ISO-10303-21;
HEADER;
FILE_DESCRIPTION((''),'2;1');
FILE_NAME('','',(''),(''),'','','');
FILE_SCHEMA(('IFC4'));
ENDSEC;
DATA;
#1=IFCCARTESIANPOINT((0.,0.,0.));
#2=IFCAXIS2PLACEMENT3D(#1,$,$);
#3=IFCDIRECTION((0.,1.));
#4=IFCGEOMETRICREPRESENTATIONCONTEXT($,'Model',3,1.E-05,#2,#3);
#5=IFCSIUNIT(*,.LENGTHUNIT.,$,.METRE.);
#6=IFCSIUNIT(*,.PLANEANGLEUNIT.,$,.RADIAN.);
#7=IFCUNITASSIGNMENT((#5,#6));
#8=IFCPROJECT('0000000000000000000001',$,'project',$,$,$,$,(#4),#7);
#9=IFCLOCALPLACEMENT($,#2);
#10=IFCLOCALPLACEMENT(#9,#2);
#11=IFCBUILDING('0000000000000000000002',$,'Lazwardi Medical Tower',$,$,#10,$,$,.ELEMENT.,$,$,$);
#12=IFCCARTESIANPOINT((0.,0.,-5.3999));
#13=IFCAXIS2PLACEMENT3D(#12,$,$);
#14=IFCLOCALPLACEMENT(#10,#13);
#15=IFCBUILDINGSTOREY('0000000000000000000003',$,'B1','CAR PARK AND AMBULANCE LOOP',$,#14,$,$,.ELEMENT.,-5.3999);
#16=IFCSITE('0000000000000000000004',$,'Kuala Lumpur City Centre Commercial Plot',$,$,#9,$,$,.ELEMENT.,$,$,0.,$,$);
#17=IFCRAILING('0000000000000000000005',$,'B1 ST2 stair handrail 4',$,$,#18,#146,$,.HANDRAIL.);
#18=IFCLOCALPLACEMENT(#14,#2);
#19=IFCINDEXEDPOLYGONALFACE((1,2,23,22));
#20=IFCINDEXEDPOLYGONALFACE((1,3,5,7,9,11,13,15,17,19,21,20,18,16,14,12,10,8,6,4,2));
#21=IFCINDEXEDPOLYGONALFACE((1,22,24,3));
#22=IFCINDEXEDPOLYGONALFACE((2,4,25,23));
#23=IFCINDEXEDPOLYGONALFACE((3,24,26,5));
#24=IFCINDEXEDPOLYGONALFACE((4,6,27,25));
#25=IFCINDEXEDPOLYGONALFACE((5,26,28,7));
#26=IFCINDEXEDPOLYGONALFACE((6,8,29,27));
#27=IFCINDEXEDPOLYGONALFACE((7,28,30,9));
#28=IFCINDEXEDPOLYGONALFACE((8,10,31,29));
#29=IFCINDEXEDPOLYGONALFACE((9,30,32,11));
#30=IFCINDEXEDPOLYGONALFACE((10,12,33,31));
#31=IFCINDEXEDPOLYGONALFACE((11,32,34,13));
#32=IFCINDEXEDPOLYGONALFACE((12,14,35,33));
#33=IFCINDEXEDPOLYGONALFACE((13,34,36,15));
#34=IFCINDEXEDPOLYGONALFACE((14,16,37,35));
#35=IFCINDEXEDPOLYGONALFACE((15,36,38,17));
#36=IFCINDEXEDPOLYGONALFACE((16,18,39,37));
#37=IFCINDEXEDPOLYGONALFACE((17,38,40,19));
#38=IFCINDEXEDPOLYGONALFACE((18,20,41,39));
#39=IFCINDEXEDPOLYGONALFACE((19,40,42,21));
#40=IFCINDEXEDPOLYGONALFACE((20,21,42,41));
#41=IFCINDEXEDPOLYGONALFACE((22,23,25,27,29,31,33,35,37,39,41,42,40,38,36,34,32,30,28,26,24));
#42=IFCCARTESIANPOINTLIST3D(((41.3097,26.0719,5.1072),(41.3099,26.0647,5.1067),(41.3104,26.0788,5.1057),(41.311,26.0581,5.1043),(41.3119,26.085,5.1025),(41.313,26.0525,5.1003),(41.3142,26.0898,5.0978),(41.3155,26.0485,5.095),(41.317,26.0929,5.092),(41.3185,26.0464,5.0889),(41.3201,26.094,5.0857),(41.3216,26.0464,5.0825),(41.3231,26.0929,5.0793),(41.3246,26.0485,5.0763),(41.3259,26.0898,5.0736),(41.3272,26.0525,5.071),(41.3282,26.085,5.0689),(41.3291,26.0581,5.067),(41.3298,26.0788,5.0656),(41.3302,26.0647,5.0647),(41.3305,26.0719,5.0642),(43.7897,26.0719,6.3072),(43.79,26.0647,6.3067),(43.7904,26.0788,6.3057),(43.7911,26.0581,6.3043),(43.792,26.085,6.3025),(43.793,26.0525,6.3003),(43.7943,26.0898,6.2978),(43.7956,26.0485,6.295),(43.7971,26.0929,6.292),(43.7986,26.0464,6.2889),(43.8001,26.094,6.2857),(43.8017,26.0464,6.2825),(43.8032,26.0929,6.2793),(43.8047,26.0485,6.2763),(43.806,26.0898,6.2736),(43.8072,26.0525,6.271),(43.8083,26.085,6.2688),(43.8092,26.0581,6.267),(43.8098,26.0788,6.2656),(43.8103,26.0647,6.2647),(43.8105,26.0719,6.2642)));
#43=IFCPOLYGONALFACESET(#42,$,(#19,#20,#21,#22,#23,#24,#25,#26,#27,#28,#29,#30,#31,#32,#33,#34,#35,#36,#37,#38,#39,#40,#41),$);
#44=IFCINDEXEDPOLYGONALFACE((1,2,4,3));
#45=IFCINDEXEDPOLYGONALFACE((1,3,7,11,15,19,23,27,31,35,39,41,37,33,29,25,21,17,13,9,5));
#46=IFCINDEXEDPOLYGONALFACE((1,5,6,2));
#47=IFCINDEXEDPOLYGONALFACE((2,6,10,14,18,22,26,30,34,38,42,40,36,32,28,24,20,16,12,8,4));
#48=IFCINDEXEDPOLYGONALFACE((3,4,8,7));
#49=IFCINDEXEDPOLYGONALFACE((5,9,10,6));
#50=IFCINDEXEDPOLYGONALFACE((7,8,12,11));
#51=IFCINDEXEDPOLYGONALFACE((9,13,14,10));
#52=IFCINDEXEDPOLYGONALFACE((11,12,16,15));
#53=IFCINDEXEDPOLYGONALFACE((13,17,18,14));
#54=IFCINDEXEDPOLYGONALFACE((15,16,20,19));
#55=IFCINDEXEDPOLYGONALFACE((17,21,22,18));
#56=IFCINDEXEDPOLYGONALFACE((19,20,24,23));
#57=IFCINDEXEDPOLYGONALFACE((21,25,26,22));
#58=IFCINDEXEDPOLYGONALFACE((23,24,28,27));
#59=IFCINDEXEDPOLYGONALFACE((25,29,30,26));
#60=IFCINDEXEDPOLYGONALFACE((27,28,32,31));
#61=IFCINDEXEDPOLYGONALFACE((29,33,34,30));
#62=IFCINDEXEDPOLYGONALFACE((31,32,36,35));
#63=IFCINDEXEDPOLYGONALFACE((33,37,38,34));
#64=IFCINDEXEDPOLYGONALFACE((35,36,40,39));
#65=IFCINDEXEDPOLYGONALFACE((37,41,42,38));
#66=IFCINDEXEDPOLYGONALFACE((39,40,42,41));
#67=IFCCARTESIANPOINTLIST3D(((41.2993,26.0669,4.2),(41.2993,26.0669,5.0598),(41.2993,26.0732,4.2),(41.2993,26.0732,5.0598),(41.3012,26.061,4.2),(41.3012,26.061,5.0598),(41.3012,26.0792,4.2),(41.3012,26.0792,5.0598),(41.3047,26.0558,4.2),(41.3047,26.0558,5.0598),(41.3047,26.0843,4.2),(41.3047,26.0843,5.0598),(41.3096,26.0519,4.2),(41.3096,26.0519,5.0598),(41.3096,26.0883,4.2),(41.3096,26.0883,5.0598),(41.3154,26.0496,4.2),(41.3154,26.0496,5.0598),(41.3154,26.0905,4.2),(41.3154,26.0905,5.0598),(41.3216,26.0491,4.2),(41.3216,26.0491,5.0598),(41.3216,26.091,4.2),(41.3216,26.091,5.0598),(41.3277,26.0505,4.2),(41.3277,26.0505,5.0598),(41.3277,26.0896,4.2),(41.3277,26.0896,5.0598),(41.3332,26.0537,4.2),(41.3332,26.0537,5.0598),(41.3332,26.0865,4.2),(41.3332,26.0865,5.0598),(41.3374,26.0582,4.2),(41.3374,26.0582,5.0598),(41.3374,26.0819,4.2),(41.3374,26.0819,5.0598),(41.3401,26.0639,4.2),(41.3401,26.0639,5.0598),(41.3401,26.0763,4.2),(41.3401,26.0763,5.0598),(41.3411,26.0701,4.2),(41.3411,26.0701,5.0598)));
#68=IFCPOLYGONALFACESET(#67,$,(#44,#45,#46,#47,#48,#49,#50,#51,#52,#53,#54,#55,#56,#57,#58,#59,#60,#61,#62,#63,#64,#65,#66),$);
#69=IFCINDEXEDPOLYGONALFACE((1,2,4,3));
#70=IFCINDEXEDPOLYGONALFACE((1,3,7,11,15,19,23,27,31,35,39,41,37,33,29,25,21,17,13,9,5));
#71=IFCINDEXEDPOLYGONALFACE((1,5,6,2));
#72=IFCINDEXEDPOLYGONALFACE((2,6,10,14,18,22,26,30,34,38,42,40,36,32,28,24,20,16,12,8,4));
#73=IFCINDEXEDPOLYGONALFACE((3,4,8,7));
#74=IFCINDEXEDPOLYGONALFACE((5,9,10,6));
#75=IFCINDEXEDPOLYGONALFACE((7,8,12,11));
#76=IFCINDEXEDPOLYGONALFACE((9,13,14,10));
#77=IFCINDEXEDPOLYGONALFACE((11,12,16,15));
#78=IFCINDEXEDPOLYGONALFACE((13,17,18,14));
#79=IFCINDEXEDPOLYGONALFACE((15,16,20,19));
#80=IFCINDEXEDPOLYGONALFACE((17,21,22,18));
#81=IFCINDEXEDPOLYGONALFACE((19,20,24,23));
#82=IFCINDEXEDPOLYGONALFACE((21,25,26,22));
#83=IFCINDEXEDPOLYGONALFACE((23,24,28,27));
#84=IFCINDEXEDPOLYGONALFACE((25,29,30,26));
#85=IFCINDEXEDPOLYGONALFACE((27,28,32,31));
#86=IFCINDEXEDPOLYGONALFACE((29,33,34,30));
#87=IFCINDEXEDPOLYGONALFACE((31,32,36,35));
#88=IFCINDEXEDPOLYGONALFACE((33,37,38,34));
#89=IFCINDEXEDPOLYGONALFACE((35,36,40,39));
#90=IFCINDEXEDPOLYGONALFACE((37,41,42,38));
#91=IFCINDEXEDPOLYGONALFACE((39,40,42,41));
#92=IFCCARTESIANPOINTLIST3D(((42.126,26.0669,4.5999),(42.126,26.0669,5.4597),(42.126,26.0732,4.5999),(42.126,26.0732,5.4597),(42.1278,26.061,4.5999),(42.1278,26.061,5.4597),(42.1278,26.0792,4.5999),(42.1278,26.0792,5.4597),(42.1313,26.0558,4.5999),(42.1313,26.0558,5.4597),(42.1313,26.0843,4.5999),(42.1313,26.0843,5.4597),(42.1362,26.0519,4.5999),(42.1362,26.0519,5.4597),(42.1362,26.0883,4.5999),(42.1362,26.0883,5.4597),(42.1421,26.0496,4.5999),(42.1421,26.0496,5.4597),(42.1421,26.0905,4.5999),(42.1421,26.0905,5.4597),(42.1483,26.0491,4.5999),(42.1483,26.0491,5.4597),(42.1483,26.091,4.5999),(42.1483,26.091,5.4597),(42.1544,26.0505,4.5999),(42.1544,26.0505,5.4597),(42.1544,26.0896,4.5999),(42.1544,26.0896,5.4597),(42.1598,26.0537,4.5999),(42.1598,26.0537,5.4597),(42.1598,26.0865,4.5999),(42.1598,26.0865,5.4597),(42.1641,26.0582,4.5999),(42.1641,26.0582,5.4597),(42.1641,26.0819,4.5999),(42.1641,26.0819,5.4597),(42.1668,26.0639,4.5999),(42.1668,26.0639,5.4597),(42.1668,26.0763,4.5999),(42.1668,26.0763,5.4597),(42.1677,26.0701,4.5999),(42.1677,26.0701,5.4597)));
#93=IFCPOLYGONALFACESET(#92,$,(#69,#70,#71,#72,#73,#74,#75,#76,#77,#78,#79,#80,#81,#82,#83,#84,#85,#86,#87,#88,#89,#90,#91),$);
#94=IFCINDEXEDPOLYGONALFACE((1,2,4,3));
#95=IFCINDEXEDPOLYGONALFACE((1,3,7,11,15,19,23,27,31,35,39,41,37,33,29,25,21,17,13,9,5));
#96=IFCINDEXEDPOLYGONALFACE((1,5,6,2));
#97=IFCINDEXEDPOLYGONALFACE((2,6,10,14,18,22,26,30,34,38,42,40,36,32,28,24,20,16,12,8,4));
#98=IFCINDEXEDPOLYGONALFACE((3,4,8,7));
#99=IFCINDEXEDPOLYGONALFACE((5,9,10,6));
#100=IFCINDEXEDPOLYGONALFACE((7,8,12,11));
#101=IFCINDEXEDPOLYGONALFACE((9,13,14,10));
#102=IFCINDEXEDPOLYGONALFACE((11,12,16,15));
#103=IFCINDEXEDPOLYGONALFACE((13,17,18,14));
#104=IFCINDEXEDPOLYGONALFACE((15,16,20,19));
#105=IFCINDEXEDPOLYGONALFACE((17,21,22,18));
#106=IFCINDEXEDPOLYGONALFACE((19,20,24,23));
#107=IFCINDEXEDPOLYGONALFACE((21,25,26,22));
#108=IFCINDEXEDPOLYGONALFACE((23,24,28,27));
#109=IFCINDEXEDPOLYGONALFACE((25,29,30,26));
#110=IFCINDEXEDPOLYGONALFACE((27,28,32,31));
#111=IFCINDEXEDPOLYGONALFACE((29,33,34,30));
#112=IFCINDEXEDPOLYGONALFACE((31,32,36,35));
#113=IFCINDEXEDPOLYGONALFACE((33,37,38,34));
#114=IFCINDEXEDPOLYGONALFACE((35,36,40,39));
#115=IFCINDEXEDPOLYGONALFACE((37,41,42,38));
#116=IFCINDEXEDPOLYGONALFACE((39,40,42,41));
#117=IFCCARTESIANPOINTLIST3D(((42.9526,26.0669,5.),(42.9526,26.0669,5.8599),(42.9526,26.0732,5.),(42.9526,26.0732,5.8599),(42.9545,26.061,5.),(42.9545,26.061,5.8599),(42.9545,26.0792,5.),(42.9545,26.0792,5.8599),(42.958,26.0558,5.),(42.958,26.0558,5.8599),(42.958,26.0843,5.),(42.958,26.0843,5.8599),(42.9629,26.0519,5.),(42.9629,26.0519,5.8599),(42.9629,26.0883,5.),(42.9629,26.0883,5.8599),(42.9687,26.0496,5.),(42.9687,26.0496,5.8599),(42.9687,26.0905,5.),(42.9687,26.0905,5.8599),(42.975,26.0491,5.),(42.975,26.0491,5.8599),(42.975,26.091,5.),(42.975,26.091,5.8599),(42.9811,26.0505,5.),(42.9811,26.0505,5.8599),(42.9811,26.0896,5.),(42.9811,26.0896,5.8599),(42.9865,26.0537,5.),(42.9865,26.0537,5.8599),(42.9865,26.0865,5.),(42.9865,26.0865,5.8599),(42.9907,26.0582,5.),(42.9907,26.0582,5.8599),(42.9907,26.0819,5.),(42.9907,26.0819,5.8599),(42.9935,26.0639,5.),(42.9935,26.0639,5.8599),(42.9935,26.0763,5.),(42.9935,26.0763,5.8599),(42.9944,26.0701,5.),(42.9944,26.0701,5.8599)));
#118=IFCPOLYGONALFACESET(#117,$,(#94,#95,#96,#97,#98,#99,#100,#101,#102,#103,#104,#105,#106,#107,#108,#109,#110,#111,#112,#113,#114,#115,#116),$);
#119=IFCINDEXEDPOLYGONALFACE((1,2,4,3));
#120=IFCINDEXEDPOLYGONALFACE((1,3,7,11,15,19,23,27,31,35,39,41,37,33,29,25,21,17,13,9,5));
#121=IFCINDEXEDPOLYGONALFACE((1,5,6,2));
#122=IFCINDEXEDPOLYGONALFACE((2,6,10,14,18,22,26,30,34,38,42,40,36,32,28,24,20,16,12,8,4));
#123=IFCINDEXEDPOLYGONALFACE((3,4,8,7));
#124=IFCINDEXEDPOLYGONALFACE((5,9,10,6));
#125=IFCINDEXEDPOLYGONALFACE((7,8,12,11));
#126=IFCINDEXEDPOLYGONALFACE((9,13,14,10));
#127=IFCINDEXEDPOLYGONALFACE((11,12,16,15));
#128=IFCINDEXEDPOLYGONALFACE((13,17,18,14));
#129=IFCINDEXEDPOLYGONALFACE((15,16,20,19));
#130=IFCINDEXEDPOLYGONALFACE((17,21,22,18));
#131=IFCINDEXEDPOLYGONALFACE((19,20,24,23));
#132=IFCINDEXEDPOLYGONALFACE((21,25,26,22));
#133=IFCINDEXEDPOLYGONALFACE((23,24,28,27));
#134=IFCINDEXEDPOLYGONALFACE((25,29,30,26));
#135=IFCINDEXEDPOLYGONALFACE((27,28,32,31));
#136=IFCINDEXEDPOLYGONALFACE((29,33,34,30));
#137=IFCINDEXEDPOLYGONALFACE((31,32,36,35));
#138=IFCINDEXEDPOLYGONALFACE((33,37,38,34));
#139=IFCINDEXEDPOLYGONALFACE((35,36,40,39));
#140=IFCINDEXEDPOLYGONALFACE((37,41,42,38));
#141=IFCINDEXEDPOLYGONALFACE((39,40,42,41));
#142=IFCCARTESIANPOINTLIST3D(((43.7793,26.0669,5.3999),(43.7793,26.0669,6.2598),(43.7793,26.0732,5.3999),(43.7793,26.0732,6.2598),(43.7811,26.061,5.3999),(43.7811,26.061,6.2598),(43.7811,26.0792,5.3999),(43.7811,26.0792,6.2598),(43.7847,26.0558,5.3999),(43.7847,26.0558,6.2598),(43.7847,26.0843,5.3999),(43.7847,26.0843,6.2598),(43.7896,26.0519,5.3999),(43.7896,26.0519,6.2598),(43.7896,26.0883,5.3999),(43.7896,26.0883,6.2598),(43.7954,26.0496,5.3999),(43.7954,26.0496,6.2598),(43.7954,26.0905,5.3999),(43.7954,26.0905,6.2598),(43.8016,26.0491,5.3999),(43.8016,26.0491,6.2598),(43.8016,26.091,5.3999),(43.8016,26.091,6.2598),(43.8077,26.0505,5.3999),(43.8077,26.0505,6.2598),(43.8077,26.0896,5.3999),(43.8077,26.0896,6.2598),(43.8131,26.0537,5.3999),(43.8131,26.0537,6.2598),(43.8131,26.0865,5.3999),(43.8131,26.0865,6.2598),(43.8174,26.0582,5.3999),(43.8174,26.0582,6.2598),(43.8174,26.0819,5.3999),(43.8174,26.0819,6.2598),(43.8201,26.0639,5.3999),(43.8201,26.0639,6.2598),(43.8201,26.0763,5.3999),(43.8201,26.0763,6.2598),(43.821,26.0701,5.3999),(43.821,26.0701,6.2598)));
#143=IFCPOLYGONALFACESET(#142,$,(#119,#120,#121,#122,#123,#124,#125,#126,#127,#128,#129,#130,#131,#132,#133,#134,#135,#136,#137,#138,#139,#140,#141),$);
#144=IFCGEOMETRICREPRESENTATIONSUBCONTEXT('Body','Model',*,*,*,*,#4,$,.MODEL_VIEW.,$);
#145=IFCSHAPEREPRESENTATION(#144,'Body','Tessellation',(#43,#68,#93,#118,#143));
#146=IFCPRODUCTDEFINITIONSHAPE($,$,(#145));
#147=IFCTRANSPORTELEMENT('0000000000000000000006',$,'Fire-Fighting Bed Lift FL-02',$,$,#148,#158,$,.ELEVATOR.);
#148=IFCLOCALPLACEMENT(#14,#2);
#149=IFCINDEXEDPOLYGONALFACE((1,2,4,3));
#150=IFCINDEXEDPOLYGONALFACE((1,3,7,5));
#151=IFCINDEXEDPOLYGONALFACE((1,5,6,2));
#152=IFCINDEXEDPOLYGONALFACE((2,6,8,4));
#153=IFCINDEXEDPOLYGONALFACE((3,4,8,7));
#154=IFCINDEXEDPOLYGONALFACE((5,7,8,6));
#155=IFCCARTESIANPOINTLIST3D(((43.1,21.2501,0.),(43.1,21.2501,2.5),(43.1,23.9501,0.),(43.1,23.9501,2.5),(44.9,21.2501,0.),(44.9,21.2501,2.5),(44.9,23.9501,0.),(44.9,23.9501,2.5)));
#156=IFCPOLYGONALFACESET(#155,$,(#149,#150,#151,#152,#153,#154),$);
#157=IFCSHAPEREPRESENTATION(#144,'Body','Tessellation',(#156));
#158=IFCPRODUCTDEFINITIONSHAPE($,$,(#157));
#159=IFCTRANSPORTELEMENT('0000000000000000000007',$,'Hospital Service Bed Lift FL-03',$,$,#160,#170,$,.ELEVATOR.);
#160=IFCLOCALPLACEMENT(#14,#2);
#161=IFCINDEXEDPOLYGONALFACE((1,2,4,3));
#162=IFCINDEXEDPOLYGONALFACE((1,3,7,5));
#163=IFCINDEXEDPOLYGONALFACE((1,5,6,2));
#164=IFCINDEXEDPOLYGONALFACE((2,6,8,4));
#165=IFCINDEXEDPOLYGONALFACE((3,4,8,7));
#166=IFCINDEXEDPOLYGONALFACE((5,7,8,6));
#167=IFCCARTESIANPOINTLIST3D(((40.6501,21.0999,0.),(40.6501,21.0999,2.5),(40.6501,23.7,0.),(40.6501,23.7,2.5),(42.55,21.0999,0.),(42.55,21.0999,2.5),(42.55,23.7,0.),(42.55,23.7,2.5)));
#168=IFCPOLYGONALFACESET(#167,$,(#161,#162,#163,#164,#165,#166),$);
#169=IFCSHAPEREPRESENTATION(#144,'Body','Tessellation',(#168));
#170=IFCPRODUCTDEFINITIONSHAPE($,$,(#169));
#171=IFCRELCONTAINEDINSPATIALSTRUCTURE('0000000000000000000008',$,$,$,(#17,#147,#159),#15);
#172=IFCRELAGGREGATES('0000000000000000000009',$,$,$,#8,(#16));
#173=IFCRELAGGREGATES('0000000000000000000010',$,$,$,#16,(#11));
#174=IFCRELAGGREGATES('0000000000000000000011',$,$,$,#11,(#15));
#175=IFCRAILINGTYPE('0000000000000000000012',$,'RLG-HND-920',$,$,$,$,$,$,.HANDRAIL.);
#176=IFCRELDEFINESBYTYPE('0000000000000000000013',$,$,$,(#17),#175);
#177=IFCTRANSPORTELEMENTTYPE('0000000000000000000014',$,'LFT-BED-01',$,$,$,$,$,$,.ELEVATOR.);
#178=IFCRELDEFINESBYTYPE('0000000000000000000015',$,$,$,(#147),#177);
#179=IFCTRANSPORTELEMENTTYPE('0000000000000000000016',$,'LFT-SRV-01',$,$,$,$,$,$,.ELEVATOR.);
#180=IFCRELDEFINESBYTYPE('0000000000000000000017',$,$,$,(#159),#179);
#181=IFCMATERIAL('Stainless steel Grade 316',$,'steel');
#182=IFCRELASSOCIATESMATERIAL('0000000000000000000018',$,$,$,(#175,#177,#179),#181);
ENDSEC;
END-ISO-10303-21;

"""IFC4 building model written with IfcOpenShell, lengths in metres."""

from ifc_helpers import new_model, si_unit, direction, frame, origin, origin_2d, place, context, subcontext, project, spatial, rectangle, circle, extrude, material, type_object, element, save


model = new_model("IFC4")

# Units and contexts
model_context = context("Model", 3, precision=1e-05, world=origin(), true_north=direction((0.0, 1.0)))
body_context = subcontext(model_context, "Body", "Model", "MODEL_VIEW")
ifc_project = project(units=[si_unit("LENGTHUNIT", "METRE"), si_unit("PLANEANGLEUNIT", "RADIAN")], contexts=[model_context])

# Site, building, storey
site_placement = place(None, origin())
site = spatial("IfcSite", under=ifc_project, at=site_placement, Name="Kuala Lumpur City Centre Commercial Plot", CompositionType="ELEMENT", RefElevation=0.0)
building_placement = place(site_placement, origin())
building = spatial("IfcBuilding", under=site, at=building_placement, Name="Lazwardi Medical Tower", CompositionType="ELEMENT")
storey_placement = place(building_placement, frame((0.0, 0.0, -5.3999)))
storey = spatial("IfcBuildingStorey", under=building, at=storey_placement, Name="B1", Description="CAR PARK AND AMBULANCE LOOP", CompositionType="ELEMENT", Elevation=-5.3999)

# Railing
ifc_material_1 = material(Name="Stainless steel Grade 316", Category="steel")
railing_type_1 = type_object("IfcRailingType", Name="RLG-HND-920", PredefinedType="HANDRAIL", material=ifc_material_1)
for number, where, name in (
    (1, (41.3201, 26.0701, 4.2), "B1 ST2 stair handrail 4"),
):
    element("IfcRailing", number, at=place(storey_placement, frame(where)), inside=storey, type_object=railing_type_1, Name=name, PredefinedType="HANDRAIL", context=body_context, shape_type="SweptSolid", body=[
        extrude(circle(Radius=0.0239, at=origin_2d()), frame((0.0, 0.0, 0.8857), z_axis=(0.900165, 0.0, 0.435549), x_axis=(0.0, 1.0, 0.0)), (0.0, 0.0, 1.0), 2.7551),
        extrude(circle(Radius=0.021, at=origin_2d()), origin(), (0.0, 0.0, 1.0), 0.8599),
        extrude(circle(Radius=0.021, at=origin_2d()), frame((0.8267, 0.0, 0.3999)), (0.0, 0.0, 1.0), 0.8599),
        extrude(circle(Radius=0.021, at=origin_2d()), frame((1.6533, 0.0, 0.8)), (0.0, 0.0, 1.0), 0.8599),
        extrude(circle(Radius=0.021, at=origin_2d()), frame((2.48, 0.0, 1.2)), (0.0, 0.0, 1.0), 0.8599),
    ])

# Transport elements
transport_element_type_1 = type_object("IfcTransportElementType", Name="LFT-BED-01", PredefinedType="ELEVATOR", material=ifc_material_1)
transport_element_1_placement = place(storey_placement, frame((44.0, 22.6001, 0.0), z_axis=(0.0, 0.0, 1.0), x_axis=(1.0, 0.0, 0.0)))
element("IfcTransportElement", 2, at=transport_element_1_placement, inside=storey, type_object=transport_element_type_1, Name="Fire-Fighting Bed Lift FL-02", PredefinedType="ELEVATOR", context=body_context, shape_type="SweptSolid", body=[
    extrude(rectangle(XDim=1.8, YDim=2.7, at=origin_2d()), origin(), (0.0, 0.0, 1.0), 2.5),
])
transport_element_type_2 = type_object("IfcTransportElementType", Name="LFT-SRV-01", PredefinedType="ELEVATOR", material=ifc_material_1)
transport_element_2_placement = place(storey_placement, frame((41.6001, 22.3999, 0.0), z_axis=(0.0, 0.0, 1.0), x_axis=(1.0, 0.0, 0.0)))
element("IfcTransportElement", 3, at=transport_element_2_placement, inside=storey, type_object=transport_element_type_2, Name="Hospital Service Bed Lift FL-03", PredefinedType="ELEVATOR", context=body_context, shape_type="SweptSolid", body=[
    extrude(rectangle(XDim=1.8999, YDim=2.6001, at=origin_2d()), origin(), (0.0, 0.0, 1.0), 2.5),
])

save(model, "model.ifc")
